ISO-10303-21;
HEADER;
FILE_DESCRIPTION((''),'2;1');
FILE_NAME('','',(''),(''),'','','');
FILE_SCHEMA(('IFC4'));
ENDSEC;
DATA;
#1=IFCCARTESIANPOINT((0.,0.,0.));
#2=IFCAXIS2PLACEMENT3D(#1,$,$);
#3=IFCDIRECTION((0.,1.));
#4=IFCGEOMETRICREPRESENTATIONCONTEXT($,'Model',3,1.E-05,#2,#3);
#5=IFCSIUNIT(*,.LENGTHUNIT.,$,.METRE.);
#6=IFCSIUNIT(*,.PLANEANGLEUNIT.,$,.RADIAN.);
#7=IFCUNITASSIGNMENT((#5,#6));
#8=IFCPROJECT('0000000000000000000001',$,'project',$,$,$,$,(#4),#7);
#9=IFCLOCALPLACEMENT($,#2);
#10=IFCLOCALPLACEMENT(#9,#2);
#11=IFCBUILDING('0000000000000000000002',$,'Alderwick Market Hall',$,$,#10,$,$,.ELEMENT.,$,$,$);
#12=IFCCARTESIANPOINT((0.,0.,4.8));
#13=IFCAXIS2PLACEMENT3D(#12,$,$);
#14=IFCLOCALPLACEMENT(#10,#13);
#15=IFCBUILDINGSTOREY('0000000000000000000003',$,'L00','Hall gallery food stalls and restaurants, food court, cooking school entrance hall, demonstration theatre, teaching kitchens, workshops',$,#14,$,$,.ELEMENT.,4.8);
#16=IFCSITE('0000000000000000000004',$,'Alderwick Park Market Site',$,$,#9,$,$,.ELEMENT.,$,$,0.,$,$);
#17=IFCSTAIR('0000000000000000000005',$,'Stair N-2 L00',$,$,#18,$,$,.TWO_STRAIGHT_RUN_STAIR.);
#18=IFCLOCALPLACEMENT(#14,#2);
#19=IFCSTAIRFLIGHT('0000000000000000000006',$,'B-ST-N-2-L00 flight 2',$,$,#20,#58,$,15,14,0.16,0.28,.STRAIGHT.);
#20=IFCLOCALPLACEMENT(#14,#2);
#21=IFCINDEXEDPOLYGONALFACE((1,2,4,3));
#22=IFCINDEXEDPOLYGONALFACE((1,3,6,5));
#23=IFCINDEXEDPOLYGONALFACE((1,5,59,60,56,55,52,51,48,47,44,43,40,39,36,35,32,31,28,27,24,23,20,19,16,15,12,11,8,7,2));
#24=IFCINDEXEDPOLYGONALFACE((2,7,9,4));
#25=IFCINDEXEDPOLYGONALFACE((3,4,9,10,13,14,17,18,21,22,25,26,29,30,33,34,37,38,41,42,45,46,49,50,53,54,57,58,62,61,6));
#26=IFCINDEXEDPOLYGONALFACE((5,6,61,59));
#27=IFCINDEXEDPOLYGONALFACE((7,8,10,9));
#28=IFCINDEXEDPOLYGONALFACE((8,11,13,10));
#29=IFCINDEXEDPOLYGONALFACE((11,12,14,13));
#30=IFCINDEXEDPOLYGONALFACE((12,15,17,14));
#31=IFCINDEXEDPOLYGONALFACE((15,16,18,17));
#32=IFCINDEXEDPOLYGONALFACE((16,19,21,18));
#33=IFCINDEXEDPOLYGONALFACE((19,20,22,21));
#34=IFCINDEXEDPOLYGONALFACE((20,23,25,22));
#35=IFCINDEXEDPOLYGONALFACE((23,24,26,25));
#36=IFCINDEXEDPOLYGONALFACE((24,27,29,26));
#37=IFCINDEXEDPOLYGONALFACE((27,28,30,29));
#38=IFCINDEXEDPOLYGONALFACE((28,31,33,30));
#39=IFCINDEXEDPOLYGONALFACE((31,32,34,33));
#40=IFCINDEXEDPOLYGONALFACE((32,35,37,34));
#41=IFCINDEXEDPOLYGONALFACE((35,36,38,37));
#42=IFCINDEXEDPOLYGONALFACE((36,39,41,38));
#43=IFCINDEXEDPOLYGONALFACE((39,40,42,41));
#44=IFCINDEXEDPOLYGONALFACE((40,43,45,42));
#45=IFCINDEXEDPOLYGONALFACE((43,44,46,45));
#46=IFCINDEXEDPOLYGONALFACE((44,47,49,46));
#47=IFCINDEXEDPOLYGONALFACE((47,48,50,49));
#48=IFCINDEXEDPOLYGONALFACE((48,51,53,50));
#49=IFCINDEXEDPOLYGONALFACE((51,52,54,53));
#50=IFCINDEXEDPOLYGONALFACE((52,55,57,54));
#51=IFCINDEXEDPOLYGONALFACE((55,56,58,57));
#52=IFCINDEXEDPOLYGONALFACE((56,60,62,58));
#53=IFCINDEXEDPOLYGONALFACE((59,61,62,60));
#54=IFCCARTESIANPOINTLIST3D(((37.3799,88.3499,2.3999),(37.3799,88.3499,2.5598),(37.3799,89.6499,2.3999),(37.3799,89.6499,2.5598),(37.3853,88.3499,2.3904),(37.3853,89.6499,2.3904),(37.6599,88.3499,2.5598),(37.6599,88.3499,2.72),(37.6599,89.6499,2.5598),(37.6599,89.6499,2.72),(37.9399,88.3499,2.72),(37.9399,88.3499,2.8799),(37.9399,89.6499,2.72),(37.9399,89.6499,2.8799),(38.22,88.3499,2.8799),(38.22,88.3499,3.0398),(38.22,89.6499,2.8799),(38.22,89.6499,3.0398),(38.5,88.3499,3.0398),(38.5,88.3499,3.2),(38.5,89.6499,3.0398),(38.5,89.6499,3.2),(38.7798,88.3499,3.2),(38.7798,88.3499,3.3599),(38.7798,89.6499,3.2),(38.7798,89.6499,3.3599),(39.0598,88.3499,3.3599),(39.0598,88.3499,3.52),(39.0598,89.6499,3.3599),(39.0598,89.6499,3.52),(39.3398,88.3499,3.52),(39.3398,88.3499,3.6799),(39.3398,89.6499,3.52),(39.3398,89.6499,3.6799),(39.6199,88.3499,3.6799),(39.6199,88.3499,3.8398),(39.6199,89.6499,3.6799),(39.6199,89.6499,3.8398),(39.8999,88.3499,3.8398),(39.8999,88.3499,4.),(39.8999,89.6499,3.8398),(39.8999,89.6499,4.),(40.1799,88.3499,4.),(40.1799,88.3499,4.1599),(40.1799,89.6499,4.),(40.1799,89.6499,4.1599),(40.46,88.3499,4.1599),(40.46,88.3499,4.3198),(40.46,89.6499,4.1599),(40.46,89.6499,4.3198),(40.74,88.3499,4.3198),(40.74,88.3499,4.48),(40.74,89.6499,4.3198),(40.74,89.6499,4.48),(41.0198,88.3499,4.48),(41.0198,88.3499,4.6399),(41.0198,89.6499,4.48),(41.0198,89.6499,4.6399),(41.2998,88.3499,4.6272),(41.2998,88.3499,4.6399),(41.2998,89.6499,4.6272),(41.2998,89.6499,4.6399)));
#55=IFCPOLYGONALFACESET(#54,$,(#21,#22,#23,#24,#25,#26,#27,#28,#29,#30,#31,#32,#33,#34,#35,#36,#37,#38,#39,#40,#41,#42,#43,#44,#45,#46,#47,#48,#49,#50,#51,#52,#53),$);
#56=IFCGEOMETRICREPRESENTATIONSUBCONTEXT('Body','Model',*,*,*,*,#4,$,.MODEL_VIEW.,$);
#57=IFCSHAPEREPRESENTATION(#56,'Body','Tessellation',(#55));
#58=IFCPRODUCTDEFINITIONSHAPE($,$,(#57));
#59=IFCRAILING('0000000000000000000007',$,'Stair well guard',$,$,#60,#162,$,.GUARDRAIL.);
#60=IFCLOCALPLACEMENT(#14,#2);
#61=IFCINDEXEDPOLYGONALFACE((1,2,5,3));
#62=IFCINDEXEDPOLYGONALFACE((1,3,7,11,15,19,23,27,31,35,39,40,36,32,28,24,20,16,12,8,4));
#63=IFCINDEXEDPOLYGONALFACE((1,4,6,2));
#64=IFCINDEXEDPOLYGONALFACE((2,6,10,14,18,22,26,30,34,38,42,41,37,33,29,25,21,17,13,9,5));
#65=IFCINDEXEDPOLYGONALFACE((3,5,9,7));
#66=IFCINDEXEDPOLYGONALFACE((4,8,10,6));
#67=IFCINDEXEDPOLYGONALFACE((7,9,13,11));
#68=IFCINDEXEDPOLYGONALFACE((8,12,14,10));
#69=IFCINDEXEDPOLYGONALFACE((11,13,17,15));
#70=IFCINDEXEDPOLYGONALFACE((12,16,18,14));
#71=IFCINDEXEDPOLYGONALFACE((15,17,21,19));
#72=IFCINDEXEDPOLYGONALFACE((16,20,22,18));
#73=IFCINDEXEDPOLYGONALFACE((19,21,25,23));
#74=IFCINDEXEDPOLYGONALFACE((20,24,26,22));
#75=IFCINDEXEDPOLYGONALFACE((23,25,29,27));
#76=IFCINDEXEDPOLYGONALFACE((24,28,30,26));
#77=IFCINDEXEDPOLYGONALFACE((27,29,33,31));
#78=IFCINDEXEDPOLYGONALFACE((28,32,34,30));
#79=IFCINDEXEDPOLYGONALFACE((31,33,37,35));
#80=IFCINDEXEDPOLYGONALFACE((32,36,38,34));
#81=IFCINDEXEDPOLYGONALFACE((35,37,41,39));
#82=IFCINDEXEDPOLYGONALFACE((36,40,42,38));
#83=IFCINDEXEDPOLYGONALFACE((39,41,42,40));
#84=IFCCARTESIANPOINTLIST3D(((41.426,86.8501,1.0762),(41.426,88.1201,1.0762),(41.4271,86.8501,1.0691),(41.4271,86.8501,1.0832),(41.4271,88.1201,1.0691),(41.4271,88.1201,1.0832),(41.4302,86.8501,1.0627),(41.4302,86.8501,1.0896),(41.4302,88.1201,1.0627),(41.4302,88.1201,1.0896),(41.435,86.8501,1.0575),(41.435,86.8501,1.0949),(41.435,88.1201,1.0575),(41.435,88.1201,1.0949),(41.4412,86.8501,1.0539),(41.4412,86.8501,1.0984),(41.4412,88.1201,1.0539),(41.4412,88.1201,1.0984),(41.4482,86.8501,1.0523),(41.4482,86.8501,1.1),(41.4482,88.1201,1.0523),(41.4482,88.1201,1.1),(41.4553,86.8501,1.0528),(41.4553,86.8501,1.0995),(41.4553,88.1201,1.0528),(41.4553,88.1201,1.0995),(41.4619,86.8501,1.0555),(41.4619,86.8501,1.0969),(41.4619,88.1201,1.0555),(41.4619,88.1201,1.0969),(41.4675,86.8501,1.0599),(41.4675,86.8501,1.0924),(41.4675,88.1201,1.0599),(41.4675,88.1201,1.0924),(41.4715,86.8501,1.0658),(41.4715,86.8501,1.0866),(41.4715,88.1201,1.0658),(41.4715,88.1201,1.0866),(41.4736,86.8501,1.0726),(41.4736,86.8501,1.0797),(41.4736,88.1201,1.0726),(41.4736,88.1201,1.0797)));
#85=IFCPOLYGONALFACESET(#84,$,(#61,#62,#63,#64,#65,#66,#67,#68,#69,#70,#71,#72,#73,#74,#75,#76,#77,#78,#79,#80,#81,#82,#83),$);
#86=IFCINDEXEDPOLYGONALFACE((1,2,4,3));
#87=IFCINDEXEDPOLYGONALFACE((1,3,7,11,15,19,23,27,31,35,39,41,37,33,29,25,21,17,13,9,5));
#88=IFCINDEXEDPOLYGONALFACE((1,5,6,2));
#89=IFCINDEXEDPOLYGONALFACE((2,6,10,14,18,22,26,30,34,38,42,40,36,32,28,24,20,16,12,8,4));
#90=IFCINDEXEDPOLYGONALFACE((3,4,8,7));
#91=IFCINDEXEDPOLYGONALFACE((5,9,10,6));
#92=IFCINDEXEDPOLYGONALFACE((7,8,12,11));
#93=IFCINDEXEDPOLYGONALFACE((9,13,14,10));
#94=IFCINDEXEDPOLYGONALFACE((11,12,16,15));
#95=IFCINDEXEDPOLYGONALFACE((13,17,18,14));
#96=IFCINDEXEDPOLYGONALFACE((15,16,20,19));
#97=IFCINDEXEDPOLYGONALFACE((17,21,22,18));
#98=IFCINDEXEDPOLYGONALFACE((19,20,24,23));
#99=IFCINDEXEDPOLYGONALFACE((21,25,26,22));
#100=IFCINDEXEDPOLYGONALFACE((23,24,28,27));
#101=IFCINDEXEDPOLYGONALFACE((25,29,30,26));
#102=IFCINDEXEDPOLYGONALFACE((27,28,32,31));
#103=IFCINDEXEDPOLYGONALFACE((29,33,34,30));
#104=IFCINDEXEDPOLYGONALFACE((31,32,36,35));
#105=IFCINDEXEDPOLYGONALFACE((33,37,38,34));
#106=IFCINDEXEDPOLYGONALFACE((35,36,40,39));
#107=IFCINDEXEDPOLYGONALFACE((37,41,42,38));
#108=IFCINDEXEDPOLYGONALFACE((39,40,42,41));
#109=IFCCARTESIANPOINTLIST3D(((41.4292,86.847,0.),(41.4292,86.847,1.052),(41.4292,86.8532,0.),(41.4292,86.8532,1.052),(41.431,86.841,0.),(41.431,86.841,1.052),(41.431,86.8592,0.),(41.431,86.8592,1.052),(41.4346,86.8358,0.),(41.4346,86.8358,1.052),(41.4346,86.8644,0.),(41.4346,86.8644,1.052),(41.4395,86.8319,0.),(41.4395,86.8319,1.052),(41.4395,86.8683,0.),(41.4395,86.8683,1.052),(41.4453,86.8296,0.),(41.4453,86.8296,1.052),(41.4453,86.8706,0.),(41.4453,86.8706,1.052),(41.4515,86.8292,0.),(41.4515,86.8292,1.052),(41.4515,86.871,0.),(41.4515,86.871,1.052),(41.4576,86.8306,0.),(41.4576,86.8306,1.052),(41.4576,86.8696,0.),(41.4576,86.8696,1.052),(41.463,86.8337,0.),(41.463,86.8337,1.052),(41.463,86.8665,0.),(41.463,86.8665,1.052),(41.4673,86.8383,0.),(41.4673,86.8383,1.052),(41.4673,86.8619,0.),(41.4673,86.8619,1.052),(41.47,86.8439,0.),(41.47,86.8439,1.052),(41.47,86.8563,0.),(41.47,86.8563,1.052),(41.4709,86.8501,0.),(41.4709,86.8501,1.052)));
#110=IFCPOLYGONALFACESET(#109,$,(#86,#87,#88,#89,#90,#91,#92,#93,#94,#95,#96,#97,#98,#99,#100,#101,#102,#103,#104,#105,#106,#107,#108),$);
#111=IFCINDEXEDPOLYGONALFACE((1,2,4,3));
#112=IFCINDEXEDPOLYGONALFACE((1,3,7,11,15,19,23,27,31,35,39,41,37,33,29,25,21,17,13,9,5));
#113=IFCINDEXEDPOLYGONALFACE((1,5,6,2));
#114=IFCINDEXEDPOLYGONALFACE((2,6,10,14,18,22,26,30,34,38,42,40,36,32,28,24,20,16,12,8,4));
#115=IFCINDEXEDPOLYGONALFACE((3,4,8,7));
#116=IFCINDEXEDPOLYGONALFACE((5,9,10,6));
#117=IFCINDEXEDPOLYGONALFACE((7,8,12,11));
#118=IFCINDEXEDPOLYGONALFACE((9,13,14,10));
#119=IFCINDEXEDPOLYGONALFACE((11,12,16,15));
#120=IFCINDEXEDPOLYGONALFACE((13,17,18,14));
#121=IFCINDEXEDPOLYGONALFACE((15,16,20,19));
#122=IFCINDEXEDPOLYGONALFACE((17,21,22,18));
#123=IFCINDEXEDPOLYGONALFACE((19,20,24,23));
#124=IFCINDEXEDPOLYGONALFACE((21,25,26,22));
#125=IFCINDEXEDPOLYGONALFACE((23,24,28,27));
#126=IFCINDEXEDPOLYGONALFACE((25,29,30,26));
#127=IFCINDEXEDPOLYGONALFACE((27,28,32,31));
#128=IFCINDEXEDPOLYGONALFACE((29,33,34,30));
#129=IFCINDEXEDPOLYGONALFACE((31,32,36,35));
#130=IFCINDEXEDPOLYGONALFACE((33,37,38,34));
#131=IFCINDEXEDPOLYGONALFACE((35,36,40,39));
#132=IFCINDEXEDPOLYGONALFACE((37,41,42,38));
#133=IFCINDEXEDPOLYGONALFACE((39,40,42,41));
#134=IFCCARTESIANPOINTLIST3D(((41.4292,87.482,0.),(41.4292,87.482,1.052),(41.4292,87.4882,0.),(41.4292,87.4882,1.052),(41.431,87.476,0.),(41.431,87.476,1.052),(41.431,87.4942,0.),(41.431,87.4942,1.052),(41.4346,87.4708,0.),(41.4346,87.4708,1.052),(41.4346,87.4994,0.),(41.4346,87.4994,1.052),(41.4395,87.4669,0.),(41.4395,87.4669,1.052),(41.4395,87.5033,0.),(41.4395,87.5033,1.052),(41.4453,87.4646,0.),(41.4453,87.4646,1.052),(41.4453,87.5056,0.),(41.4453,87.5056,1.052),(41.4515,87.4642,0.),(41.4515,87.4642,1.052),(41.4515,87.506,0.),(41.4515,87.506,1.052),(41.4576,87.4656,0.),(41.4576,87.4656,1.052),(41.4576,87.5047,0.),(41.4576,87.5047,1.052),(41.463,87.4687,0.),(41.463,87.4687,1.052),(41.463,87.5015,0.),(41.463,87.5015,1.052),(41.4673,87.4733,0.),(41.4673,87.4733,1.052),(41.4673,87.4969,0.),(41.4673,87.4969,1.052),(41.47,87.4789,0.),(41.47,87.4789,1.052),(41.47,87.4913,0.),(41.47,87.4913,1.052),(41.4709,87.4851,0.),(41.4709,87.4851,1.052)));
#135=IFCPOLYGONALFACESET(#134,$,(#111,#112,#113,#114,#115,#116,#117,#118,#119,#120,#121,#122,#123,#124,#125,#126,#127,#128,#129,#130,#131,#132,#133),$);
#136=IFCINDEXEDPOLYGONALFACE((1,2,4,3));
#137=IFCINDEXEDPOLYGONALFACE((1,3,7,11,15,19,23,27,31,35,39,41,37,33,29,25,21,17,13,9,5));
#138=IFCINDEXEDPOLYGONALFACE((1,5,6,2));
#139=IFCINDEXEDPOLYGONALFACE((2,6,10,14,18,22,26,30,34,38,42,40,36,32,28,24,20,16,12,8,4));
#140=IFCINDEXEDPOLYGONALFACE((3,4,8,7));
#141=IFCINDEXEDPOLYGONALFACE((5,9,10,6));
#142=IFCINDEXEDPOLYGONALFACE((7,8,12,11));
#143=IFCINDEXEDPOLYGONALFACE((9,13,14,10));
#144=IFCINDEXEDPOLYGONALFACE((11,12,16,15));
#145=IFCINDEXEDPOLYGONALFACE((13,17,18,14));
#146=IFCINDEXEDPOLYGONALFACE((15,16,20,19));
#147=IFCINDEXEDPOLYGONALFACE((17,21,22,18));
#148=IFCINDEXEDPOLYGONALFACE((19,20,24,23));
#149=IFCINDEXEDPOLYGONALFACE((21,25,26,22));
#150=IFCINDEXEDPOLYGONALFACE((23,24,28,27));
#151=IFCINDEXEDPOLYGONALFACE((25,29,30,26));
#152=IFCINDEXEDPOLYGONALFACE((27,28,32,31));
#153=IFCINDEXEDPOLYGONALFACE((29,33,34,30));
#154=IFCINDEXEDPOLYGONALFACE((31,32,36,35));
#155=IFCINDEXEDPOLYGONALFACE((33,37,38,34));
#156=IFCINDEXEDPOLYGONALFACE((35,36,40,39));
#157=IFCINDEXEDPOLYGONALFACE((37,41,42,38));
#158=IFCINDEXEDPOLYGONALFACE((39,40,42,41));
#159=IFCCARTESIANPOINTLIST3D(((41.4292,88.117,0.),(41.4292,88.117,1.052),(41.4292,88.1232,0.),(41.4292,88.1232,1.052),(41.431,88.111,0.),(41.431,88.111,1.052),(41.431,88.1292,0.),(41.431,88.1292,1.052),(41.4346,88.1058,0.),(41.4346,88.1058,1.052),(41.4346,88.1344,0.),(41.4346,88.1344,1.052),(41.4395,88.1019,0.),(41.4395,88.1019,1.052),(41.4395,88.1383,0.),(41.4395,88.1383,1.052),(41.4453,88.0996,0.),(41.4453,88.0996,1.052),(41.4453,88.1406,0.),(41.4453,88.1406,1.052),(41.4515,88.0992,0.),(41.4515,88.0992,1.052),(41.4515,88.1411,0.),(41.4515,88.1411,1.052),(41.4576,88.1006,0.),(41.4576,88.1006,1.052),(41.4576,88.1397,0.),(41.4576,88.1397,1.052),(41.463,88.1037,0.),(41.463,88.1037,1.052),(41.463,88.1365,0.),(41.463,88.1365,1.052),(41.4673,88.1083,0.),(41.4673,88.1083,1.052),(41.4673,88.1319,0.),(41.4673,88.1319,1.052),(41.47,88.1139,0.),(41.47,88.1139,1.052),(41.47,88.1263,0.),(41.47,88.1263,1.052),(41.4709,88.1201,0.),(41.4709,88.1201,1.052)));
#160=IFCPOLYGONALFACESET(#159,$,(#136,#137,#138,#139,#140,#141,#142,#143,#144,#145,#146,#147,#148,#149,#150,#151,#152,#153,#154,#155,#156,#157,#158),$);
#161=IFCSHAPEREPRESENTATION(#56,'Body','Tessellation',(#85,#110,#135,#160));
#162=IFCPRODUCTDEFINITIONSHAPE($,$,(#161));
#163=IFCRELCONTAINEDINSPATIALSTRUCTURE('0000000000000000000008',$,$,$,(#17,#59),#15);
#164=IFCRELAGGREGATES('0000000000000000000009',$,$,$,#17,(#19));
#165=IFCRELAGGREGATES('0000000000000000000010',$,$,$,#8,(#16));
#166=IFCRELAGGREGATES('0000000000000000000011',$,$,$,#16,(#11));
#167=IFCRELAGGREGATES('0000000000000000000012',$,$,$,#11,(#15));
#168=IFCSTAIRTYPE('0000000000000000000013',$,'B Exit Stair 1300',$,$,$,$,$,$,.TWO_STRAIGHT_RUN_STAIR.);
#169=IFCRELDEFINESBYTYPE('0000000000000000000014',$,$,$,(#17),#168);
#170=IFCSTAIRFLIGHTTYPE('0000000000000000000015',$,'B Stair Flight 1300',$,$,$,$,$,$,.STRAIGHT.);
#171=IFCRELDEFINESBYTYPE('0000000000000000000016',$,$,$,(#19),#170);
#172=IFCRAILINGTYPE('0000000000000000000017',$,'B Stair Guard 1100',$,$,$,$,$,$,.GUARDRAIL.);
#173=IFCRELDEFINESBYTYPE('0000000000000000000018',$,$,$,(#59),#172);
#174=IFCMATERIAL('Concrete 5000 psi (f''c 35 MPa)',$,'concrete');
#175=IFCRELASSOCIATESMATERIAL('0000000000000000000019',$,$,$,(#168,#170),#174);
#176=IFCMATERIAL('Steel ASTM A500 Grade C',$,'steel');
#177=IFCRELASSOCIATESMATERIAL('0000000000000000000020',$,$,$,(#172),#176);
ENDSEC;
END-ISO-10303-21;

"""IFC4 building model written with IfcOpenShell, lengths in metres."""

from ifc_helpers import new_model, si_unit, direction, frame, origin, origin_2d, place, context, subcontext, project, spatial, polyline, circle, outline, extrude, material, type_object, element, aggregate, save


model = new_model("IFC4")

# Units and contexts
model_context = context("Model", 3, precision=1e-05, world=origin(), true_north=direction((0.0, 1.0)))
body_context = subcontext(model_context, "Body", "Model", "MODEL_VIEW")
ifc_project = project(units=[si_unit("LENGTHUNIT", "METRE"), si_unit("PLANEANGLEUNIT", "RADIAN")], contexts=[model_context])

# Site, building, storey
site_placement = place(None, origin())
site = spatial("IfcSite", under=ifc_project, at=site_placement, Name="Alderwick Park Market Site", CompositionType="ELEMENT", RefElevation=0.0)
building_placement = place(site_placement, origin())
building = spatial("IfcBuilding", under=site, at=building_placement, Name="Alderwick Market Hall", CompositionType="ELEMENT")
storey_placement = place(building_placement, frame((0.0, 0.0, 4.8)))
storey = spatial("IfcBuildingStorey", under=building, at=storey_placement, Name="L00", Description="Hall gallery food stalls and restaurants, food court, cooking school entrance hall, demonstration theatre, teaching kitchens, workshops", CompositionType="ELEMENT", Elevation=4.8)

# Shared definitions
ifc_material_1 = material(Name="Concrete 5000 psi (f'c 35 MPa)", Category="concrete")

# Stair, stair flight
stair_type = type_object("IfcStairType", Name="B Exit Stair 1300", PredefinedType="TWO_STRAIGHT_RUN_STAIR", material=ifc_material_1)
stair_placement = place(storey_placement, origin())
stair = element("IfcStair", 1, at=stair_placement, inside=storey, type_object=stair_type, Name="Stair N-2 L00", PredefinedType="TWO_STRAIGHT_RUN_STAIR")
stair_flight_type = type_object("IfcStairFlightType", Name="B Stair Flight 1300", PredefinedType="STRAIGHT", material=ifc_material_1)
stair_flight_1_placement = place(storey_placement, frame((37.3799, 89.0, 2.3999), z_axis=(0.0, 0.0, 1.0), x_axis=(1.0, 0.0, 0.0)))
stair_flight_1 = element("IfcStairFlight", 2, at=stair_flight_1_placement, type_object=stair_flight_type, Name="B-ST-N-2-L00 flight 2", NumberOfRisers=15, NumberOfTreads=14, PredefinedType="STRAIGHT", RiserHeight=0.16, TreadLength=0.28, context=body_context, shape_type="SweptSolid", body=[
    extrude(outline(polyline([(0.0054, -0.0095), (0.0, 0.0), (0.0, 0.1599), (0.28, 0.1599), (0.28, 0.3201), (0.5601, 0.3201), (0.5601, 0.48), (0.8401, 0.48), (0.8401, 0.6399), (1.1201, 0.6399), (1.1201, 0.8), (1.3999, 0.8), (1.3999, 0.96), (1.6799, 0.96), (1.6799, 1.1201), (1.96, 1.1201), (1.96, 1.28), (2.24, 1.28), (2.24, 1.4399), (2.52, 1.4399), (2.52, 1.6001), (2.8, 1.6001), (2.8, 1.76), (3.0801, 1.76), (3.0801, 1.9199), (3.3601, 1.9199), (3.3601, 2.0801), (3.6399, 2.0801), (3.6399, 2.24), (3.9199, 2.24), (3.9199, 2.2273), (0.0054, -0.0095)])), frame((0.0, 0.6499, 0.0), z_axis=(0.0, -1.0, 0.0), x_axis=(1.0, 0.0, 0.0)), (0.0, 0.0, 1.0), 1.3),
])
aggregate(stair, [stair_flight_1])

# Railing
ifc_material_2 = material(Name="Steel ASTM A500 Grade C", Category="steel")
railing_type = type_object("IfcRailingType", Name="B Stair Guard 1100", PredefinedType="GUARDRAIL", material=ifc_material_2)
railing_placement = place(storey_placement, frame((41.45, 86.8501, 0.0)))
element("IfcRailing", 3, at=railing_placement, inside=storey, type_object=railing_type, Name="Stair well guard", PredefinedType="GUARDRAIL", context=body_context, shape_type="SweptSolid", body=[
    extrude(circle(Radius=0.0239, at=origin_2d()), frame((0.0, 0.0, 1.0762), z_axis=(0.0, 1.0, 0.0), x_axis=(-1.0, 0.0, 0.0)), (0.0, 0.0, 1.0), 1.27),
    extrude(circle(Radius=0.021, at=origin_2d()), origin(), (0.0, 0.0, 1.0), 1.052),
    extrude(circle(Radius=0.021, at=origin_2d()), frame((0.0, 0.635, 0.0)), (0.0, 0.0, 1.0), 1.052),
    extrude(circle(Radius=0.021, at=origin_2d()), frame((0.0, 1.27, 0.0)), (0.0, 0.0, 1.0), 1.052),
])

save(model, "model.ifc")
